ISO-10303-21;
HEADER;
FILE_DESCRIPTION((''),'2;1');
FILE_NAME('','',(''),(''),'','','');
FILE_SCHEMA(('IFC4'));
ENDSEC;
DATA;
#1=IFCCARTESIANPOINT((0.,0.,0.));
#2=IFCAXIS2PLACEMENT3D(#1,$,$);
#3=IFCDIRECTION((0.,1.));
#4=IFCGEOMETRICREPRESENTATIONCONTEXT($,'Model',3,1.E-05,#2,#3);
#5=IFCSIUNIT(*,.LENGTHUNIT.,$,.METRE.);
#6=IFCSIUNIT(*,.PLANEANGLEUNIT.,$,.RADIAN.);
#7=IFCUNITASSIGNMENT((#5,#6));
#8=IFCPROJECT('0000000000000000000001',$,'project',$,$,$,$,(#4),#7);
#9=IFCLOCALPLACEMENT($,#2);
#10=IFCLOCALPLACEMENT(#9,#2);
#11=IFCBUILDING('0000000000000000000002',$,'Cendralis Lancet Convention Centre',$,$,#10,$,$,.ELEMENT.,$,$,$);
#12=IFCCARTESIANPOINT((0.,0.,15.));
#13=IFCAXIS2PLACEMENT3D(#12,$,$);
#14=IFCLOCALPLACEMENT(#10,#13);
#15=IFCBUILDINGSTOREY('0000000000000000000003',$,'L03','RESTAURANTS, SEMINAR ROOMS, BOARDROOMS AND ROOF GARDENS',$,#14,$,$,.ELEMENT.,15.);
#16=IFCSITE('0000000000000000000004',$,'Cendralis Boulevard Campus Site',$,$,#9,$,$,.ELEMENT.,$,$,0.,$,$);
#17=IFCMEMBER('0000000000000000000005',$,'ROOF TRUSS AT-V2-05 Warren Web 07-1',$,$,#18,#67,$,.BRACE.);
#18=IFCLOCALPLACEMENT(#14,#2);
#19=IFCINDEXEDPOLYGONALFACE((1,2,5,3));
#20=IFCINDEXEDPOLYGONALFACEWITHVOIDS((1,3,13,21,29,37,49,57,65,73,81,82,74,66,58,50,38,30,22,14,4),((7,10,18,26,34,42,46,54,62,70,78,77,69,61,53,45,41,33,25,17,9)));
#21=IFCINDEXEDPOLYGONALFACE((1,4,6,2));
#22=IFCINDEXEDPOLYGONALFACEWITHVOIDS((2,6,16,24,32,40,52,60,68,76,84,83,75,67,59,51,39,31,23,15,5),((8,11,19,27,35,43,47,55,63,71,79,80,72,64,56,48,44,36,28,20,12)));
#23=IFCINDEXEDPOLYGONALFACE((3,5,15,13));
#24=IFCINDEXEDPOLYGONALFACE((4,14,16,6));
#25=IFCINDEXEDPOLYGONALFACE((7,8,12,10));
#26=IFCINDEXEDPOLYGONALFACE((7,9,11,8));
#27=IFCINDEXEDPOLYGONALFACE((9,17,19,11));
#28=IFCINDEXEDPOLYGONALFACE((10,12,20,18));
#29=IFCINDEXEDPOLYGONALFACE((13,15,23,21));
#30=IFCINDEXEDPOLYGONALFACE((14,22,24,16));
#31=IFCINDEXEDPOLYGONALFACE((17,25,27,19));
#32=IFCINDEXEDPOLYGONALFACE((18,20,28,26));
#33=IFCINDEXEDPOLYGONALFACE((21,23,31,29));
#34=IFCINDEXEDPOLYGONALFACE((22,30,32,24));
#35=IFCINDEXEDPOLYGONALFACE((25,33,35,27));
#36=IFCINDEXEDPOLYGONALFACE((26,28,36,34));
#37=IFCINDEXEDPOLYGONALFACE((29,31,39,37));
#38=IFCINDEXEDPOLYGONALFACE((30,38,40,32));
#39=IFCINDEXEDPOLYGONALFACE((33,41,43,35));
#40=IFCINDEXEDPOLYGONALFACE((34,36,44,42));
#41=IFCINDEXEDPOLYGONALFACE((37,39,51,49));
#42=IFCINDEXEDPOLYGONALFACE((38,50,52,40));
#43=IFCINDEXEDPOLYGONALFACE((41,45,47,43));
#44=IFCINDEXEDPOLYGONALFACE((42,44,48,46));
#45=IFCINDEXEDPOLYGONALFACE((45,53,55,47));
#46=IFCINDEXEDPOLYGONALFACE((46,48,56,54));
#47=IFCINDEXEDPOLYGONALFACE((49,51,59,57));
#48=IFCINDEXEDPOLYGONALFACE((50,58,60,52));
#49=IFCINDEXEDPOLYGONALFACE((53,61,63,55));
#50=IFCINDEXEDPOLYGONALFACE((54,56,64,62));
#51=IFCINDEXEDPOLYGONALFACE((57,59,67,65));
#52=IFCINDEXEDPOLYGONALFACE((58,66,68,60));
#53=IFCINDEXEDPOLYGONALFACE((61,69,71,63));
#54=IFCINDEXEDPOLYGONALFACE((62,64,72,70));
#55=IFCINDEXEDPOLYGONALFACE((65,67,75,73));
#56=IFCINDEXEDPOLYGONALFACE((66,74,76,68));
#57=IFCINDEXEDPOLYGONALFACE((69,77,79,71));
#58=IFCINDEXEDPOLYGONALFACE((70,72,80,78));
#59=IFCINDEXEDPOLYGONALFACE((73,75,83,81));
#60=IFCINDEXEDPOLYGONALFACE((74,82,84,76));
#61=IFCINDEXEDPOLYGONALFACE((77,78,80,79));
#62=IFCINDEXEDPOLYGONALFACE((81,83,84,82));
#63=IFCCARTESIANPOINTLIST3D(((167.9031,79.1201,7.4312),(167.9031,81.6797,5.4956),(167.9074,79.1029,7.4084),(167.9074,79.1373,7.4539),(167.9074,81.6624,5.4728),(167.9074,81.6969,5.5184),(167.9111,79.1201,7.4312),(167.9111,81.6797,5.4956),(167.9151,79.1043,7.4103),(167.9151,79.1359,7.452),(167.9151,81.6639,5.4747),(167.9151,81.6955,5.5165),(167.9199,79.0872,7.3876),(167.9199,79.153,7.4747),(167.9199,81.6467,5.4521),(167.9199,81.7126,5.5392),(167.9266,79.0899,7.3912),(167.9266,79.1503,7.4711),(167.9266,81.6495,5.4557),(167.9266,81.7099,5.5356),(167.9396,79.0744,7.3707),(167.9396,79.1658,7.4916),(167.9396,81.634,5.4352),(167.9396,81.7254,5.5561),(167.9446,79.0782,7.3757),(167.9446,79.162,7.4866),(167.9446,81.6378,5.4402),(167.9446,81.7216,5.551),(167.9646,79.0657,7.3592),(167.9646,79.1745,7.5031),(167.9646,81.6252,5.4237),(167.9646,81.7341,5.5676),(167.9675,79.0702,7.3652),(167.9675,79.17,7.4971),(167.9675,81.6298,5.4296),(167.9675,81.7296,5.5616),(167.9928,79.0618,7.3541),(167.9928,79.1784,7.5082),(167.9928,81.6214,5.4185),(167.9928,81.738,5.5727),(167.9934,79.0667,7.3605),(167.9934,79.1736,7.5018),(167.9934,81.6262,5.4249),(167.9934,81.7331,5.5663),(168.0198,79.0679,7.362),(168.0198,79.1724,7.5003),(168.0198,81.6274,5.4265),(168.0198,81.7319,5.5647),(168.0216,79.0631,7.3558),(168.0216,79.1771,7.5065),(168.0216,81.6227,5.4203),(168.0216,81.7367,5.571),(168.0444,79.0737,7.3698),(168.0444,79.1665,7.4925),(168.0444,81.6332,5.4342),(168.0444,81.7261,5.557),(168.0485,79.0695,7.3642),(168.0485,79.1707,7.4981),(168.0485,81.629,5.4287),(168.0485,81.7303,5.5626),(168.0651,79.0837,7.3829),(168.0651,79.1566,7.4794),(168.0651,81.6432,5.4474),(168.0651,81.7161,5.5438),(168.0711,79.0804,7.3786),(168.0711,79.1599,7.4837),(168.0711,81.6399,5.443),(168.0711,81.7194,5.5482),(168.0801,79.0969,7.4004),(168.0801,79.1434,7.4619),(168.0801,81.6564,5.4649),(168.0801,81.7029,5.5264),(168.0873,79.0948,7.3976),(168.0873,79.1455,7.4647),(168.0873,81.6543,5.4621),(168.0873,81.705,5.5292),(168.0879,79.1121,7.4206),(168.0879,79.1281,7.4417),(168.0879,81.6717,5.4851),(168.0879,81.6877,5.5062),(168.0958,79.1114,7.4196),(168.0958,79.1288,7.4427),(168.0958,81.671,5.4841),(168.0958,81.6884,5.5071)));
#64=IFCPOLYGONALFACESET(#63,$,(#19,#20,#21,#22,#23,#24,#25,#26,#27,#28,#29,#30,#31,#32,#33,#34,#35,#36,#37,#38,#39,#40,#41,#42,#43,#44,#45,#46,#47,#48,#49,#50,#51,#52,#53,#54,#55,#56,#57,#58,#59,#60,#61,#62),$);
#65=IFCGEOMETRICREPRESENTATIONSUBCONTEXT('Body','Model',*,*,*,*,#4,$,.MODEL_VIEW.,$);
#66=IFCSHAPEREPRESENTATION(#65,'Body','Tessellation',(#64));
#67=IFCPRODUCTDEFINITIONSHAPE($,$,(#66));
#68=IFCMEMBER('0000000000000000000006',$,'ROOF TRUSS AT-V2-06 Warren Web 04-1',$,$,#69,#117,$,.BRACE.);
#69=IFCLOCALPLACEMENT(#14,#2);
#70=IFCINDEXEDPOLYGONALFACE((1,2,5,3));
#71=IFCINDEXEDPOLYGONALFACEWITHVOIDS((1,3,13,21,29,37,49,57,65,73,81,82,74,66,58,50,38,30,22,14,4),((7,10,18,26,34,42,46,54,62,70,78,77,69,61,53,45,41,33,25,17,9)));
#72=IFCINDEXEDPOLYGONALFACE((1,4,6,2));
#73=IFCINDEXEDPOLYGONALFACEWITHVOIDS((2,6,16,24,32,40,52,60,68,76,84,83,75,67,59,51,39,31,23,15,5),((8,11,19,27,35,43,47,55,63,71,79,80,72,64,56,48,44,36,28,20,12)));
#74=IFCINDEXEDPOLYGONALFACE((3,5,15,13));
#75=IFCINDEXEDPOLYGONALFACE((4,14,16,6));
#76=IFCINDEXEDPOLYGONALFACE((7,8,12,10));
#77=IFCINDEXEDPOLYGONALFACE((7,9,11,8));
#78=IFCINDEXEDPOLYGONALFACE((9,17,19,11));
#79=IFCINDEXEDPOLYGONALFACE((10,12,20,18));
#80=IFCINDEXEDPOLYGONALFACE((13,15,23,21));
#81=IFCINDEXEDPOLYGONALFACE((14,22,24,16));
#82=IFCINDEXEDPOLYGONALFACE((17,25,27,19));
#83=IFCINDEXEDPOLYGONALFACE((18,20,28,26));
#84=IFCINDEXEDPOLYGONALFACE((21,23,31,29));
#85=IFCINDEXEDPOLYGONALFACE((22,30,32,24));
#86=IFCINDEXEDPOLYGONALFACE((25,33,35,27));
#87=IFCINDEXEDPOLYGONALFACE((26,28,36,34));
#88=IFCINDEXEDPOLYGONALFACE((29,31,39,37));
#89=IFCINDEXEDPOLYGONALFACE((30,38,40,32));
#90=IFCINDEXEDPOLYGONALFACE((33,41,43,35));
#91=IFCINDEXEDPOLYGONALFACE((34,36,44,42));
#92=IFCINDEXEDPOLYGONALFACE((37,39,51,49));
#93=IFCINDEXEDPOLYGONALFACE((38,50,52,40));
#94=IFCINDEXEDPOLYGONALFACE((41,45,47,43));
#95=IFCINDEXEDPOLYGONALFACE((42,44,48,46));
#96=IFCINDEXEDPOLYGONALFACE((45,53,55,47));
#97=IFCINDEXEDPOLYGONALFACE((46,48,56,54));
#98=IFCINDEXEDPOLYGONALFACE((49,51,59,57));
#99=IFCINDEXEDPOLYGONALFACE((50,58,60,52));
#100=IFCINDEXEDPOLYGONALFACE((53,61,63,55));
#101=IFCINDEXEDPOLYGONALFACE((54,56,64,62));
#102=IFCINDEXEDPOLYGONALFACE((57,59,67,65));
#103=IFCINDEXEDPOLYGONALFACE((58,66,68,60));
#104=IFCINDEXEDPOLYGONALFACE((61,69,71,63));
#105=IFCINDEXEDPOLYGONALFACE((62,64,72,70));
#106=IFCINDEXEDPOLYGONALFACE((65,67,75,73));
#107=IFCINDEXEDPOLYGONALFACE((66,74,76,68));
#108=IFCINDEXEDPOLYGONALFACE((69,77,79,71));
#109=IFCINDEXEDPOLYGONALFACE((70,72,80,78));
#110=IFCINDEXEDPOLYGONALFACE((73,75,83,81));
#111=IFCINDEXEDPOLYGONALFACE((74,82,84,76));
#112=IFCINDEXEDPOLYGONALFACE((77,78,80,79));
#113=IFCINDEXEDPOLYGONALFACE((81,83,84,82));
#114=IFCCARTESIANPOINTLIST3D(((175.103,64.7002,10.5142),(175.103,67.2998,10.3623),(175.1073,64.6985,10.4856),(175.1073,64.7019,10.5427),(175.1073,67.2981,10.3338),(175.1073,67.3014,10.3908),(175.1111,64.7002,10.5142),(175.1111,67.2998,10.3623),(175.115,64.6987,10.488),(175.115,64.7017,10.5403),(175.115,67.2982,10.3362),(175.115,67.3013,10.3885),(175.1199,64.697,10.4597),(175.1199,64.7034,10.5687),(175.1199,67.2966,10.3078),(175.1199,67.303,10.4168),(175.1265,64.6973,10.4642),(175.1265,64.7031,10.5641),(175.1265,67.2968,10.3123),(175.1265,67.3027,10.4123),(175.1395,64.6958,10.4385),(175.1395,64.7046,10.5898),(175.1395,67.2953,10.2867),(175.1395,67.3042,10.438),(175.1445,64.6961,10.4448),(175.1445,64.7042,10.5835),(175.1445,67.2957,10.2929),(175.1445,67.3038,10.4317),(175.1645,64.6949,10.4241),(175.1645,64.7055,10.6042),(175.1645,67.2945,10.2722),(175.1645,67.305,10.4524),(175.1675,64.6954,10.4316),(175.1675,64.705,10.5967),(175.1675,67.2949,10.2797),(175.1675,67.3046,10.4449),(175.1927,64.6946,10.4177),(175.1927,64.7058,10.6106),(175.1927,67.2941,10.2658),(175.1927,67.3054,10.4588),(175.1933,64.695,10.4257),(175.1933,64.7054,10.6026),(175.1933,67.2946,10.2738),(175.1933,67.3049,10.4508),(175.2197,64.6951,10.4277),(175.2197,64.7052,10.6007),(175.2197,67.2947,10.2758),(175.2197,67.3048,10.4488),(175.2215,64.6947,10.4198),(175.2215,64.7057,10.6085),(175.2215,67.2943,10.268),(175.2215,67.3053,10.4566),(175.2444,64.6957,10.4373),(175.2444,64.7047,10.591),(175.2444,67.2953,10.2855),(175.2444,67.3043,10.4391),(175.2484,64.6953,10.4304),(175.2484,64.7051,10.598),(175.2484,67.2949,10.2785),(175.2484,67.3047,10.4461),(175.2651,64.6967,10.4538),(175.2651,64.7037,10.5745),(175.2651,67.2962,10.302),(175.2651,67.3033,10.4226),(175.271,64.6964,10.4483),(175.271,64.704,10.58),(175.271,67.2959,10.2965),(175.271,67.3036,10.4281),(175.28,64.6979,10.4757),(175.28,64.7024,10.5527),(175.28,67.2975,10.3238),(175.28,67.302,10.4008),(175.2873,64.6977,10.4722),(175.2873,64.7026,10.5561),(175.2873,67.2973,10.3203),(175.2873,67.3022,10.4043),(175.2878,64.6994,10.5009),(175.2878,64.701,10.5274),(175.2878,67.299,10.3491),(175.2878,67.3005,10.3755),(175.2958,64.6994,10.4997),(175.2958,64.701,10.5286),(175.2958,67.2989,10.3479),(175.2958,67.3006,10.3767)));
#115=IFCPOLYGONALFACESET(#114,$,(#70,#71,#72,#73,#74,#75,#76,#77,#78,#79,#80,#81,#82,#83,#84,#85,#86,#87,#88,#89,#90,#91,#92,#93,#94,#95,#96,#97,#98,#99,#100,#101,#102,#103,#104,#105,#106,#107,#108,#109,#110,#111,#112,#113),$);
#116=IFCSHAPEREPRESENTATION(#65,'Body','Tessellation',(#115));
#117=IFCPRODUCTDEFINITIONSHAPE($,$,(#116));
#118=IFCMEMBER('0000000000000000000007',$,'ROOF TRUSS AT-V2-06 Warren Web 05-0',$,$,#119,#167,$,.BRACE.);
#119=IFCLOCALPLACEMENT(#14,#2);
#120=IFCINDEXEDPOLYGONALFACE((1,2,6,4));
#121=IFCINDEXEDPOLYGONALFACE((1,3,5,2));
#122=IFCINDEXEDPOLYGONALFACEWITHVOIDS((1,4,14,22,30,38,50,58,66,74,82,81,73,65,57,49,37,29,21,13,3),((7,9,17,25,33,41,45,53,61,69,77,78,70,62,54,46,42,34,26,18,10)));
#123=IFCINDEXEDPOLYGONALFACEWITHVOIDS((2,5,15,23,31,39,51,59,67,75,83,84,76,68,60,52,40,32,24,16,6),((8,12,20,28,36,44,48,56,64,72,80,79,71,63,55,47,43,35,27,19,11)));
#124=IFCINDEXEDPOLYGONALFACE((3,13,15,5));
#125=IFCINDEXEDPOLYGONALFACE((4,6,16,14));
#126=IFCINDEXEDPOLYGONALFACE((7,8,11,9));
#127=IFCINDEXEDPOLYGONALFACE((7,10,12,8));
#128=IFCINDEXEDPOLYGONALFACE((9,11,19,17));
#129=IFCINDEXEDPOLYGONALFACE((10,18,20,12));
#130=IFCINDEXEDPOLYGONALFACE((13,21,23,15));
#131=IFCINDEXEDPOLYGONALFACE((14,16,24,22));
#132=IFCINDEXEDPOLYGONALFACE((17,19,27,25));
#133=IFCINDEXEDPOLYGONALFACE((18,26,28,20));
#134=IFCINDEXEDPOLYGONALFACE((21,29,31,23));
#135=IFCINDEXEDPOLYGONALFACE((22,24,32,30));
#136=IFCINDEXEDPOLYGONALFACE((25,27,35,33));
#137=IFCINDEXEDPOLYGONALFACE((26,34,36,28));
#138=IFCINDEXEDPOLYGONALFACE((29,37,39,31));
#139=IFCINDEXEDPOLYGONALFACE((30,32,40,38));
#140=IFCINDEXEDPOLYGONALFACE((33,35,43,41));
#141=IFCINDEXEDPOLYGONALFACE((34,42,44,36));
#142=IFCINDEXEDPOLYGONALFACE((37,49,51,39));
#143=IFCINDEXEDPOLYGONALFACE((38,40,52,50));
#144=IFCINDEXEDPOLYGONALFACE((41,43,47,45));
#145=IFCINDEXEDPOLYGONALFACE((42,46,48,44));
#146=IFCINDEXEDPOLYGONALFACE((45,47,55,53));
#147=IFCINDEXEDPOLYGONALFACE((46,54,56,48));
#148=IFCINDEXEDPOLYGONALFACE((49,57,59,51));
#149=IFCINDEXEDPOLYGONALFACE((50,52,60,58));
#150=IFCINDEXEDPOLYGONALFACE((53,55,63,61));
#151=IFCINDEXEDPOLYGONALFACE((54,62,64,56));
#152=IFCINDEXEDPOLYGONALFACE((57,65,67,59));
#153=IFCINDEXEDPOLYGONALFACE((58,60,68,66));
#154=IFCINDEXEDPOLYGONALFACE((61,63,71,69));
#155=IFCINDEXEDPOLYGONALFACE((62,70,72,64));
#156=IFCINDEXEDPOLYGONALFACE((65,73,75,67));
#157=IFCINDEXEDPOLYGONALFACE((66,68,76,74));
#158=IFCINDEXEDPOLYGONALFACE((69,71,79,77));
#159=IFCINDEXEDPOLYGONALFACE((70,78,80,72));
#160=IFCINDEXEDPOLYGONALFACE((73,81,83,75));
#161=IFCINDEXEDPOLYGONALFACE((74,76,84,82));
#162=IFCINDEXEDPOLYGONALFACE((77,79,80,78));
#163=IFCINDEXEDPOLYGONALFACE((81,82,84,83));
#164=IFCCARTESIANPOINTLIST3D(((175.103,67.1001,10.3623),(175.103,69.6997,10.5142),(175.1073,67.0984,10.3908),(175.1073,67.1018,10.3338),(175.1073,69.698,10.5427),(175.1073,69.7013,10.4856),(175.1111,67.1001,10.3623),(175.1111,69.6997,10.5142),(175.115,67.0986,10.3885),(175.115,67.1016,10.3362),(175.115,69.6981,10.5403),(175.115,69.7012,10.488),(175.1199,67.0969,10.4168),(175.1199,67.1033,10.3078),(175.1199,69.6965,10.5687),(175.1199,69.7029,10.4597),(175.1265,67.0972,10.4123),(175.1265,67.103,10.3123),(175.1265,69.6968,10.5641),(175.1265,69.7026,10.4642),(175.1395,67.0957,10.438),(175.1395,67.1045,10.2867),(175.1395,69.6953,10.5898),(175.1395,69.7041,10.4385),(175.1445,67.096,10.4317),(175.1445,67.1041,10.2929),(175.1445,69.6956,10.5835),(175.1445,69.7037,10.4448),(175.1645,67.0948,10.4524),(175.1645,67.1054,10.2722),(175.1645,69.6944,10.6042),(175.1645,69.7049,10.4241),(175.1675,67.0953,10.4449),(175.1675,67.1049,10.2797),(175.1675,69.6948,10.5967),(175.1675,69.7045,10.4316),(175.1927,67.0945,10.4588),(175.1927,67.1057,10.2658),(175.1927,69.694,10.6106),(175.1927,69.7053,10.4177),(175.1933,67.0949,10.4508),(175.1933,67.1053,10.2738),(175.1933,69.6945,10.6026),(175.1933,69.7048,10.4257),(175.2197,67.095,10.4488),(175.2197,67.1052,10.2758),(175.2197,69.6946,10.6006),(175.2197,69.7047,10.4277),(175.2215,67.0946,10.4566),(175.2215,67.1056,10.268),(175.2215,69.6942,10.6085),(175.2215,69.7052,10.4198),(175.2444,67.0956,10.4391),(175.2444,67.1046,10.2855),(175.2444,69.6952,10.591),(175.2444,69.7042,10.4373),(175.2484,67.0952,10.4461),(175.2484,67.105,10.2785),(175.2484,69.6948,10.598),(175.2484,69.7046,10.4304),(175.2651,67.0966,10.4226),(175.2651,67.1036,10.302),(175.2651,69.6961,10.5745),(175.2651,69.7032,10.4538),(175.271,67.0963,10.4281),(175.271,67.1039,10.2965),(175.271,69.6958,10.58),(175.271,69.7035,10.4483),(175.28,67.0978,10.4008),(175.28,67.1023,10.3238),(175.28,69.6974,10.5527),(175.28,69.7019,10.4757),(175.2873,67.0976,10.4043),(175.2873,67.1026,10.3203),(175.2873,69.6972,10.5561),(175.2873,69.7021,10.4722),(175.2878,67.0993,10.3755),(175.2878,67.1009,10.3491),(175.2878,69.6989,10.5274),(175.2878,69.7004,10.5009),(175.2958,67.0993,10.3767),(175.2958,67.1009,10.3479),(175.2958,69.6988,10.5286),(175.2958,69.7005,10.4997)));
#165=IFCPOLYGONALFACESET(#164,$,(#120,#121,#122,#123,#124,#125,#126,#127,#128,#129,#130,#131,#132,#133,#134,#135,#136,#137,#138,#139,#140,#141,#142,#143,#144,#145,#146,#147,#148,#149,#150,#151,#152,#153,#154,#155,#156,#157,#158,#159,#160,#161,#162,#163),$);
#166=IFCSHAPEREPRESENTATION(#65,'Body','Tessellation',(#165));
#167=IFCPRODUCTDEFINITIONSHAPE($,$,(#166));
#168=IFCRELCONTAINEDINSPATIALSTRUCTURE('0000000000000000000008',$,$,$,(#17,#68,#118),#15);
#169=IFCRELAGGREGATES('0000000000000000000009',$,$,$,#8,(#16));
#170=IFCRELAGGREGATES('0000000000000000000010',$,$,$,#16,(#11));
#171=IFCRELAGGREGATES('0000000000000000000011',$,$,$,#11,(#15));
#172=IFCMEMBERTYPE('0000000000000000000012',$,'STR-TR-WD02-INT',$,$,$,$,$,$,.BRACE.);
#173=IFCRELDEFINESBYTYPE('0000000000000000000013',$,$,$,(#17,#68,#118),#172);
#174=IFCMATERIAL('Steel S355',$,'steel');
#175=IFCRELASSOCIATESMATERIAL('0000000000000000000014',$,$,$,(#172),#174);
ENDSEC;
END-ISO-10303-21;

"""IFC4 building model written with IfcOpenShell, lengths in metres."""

from ifc_helpers import new_model, si_unit, direction, frame, origin, origin_2d, place, context, subcontext, project, spatial, hollow_circle, extrude, material, material_profile, profile_set, type_object, element, save


model = new_model("IFC4")

# Units and contexts
model_context = context("Model", 3, precision=1e-05, world=origin(), true_north=direction((0.0, 1.0)))
body_context = subcontext(model_context, "Body", "Model", "MODEL_VIEW")
ifc_project = project(units=[si_unit("LENGTHUNIT", "METRE"), si_unit("PLANEANGLEUNIT", "RADIAN")], contexts=[model_context])

# Site, building, storey
site_placement = place(None, origin())
site = spatial("IfcSite", under=ifc_project, at=site_placement, Name="Cendralis Boulevard Campus Site", CompositionType="ELEMENT", RefElevation=0.0)
building_placement = place(site_placement, origin())
building = spatial("IfcBuilding", under=site, at=building_placement, Name="Cendralis Lancet Convention Centre", CompositionType="ELEMENT")
storey_placement = place(building_placement, frame((0.0, 0.0, 15.0)))
storey = spatial("IfcBuildingStorey", under=building, at=storey_placement, Name="L03", Description="RESTAURANTS, SEMINAR ROOMS, BOARDROOMS AND ROOF GARDENS", CompositionType="ELEMENT", Elevation=15.0)

# Members
ifc_material = material(Name="Steel S355", Category="steel")
ifc_material_profile_1 = material_profile(ifc_material, hollow_circle(Radius=0.0969, WallThickness=0.0081, at=origin_2d()), Name="CHS 193.7x8.0")
ifc_profile_set_1 = profile_set([ifc_material_profile_1], Name="Steel S355")
member_type_1 = type_object("IfcMemberType", Name="STR-TR-WD02-INT", PredefinedType="BRACE", material=ifc_profile_set_1)
member_1_placement = place(storey_placement, frame((168.0, 79.1201, 7.4312), z_axis=(0.0, 0.79762, -0.60316), x_axis=(-1.0, 0.0, 0.0)))
element("IfcMember", 1, at=member_1_placement, inside=storey, type_object=member_type_1, Name="ROOF TRUSS AT-V2-05 Warren Web 07-1", PredefinedType="BRACE", context=body_context, shape_type="SweptSolid", body=[
    extrude(hollow_circle(Radius=0.0969, WallThickness=0.0081, at=origin_2d()), origin(), (0.0, 0.0, 1.0), 3.209),
])
for number, where, z_axis, x_axis, name in (
    (2, (175.2, 64.7002, 10.5142), (0.0, 0.998298, -0.058315), (-1.0, 0.0, 0.0), "ROOF TRUSS AT-V2-06 Warren Web 04-1"),
    (3, (175.2, 67.1001, 10.3623), (0.0, 0.998298, 0.058315), (-1.0, 0.0, 0.0), "ROOF TRUSS AT-V2-06 Warren Web 05-0"),
):
    element("IfcMember", number, at=place(storey_placement, frame(where, z_axis=z_axis, x_axis=x_axis)), inside=storey, type_object=member_type_1, Name=name, PredefinedType="BRACE", context=body_context, shape_type="SweptSolid", body=[
        extrude(hollow_circle(Radius=0.0969, WallThickness=0.0081, at=origin_2d()), origin(), (0.0, 0.0, 1.0), 2.604),
    ])

save(model, "model.ifc")
